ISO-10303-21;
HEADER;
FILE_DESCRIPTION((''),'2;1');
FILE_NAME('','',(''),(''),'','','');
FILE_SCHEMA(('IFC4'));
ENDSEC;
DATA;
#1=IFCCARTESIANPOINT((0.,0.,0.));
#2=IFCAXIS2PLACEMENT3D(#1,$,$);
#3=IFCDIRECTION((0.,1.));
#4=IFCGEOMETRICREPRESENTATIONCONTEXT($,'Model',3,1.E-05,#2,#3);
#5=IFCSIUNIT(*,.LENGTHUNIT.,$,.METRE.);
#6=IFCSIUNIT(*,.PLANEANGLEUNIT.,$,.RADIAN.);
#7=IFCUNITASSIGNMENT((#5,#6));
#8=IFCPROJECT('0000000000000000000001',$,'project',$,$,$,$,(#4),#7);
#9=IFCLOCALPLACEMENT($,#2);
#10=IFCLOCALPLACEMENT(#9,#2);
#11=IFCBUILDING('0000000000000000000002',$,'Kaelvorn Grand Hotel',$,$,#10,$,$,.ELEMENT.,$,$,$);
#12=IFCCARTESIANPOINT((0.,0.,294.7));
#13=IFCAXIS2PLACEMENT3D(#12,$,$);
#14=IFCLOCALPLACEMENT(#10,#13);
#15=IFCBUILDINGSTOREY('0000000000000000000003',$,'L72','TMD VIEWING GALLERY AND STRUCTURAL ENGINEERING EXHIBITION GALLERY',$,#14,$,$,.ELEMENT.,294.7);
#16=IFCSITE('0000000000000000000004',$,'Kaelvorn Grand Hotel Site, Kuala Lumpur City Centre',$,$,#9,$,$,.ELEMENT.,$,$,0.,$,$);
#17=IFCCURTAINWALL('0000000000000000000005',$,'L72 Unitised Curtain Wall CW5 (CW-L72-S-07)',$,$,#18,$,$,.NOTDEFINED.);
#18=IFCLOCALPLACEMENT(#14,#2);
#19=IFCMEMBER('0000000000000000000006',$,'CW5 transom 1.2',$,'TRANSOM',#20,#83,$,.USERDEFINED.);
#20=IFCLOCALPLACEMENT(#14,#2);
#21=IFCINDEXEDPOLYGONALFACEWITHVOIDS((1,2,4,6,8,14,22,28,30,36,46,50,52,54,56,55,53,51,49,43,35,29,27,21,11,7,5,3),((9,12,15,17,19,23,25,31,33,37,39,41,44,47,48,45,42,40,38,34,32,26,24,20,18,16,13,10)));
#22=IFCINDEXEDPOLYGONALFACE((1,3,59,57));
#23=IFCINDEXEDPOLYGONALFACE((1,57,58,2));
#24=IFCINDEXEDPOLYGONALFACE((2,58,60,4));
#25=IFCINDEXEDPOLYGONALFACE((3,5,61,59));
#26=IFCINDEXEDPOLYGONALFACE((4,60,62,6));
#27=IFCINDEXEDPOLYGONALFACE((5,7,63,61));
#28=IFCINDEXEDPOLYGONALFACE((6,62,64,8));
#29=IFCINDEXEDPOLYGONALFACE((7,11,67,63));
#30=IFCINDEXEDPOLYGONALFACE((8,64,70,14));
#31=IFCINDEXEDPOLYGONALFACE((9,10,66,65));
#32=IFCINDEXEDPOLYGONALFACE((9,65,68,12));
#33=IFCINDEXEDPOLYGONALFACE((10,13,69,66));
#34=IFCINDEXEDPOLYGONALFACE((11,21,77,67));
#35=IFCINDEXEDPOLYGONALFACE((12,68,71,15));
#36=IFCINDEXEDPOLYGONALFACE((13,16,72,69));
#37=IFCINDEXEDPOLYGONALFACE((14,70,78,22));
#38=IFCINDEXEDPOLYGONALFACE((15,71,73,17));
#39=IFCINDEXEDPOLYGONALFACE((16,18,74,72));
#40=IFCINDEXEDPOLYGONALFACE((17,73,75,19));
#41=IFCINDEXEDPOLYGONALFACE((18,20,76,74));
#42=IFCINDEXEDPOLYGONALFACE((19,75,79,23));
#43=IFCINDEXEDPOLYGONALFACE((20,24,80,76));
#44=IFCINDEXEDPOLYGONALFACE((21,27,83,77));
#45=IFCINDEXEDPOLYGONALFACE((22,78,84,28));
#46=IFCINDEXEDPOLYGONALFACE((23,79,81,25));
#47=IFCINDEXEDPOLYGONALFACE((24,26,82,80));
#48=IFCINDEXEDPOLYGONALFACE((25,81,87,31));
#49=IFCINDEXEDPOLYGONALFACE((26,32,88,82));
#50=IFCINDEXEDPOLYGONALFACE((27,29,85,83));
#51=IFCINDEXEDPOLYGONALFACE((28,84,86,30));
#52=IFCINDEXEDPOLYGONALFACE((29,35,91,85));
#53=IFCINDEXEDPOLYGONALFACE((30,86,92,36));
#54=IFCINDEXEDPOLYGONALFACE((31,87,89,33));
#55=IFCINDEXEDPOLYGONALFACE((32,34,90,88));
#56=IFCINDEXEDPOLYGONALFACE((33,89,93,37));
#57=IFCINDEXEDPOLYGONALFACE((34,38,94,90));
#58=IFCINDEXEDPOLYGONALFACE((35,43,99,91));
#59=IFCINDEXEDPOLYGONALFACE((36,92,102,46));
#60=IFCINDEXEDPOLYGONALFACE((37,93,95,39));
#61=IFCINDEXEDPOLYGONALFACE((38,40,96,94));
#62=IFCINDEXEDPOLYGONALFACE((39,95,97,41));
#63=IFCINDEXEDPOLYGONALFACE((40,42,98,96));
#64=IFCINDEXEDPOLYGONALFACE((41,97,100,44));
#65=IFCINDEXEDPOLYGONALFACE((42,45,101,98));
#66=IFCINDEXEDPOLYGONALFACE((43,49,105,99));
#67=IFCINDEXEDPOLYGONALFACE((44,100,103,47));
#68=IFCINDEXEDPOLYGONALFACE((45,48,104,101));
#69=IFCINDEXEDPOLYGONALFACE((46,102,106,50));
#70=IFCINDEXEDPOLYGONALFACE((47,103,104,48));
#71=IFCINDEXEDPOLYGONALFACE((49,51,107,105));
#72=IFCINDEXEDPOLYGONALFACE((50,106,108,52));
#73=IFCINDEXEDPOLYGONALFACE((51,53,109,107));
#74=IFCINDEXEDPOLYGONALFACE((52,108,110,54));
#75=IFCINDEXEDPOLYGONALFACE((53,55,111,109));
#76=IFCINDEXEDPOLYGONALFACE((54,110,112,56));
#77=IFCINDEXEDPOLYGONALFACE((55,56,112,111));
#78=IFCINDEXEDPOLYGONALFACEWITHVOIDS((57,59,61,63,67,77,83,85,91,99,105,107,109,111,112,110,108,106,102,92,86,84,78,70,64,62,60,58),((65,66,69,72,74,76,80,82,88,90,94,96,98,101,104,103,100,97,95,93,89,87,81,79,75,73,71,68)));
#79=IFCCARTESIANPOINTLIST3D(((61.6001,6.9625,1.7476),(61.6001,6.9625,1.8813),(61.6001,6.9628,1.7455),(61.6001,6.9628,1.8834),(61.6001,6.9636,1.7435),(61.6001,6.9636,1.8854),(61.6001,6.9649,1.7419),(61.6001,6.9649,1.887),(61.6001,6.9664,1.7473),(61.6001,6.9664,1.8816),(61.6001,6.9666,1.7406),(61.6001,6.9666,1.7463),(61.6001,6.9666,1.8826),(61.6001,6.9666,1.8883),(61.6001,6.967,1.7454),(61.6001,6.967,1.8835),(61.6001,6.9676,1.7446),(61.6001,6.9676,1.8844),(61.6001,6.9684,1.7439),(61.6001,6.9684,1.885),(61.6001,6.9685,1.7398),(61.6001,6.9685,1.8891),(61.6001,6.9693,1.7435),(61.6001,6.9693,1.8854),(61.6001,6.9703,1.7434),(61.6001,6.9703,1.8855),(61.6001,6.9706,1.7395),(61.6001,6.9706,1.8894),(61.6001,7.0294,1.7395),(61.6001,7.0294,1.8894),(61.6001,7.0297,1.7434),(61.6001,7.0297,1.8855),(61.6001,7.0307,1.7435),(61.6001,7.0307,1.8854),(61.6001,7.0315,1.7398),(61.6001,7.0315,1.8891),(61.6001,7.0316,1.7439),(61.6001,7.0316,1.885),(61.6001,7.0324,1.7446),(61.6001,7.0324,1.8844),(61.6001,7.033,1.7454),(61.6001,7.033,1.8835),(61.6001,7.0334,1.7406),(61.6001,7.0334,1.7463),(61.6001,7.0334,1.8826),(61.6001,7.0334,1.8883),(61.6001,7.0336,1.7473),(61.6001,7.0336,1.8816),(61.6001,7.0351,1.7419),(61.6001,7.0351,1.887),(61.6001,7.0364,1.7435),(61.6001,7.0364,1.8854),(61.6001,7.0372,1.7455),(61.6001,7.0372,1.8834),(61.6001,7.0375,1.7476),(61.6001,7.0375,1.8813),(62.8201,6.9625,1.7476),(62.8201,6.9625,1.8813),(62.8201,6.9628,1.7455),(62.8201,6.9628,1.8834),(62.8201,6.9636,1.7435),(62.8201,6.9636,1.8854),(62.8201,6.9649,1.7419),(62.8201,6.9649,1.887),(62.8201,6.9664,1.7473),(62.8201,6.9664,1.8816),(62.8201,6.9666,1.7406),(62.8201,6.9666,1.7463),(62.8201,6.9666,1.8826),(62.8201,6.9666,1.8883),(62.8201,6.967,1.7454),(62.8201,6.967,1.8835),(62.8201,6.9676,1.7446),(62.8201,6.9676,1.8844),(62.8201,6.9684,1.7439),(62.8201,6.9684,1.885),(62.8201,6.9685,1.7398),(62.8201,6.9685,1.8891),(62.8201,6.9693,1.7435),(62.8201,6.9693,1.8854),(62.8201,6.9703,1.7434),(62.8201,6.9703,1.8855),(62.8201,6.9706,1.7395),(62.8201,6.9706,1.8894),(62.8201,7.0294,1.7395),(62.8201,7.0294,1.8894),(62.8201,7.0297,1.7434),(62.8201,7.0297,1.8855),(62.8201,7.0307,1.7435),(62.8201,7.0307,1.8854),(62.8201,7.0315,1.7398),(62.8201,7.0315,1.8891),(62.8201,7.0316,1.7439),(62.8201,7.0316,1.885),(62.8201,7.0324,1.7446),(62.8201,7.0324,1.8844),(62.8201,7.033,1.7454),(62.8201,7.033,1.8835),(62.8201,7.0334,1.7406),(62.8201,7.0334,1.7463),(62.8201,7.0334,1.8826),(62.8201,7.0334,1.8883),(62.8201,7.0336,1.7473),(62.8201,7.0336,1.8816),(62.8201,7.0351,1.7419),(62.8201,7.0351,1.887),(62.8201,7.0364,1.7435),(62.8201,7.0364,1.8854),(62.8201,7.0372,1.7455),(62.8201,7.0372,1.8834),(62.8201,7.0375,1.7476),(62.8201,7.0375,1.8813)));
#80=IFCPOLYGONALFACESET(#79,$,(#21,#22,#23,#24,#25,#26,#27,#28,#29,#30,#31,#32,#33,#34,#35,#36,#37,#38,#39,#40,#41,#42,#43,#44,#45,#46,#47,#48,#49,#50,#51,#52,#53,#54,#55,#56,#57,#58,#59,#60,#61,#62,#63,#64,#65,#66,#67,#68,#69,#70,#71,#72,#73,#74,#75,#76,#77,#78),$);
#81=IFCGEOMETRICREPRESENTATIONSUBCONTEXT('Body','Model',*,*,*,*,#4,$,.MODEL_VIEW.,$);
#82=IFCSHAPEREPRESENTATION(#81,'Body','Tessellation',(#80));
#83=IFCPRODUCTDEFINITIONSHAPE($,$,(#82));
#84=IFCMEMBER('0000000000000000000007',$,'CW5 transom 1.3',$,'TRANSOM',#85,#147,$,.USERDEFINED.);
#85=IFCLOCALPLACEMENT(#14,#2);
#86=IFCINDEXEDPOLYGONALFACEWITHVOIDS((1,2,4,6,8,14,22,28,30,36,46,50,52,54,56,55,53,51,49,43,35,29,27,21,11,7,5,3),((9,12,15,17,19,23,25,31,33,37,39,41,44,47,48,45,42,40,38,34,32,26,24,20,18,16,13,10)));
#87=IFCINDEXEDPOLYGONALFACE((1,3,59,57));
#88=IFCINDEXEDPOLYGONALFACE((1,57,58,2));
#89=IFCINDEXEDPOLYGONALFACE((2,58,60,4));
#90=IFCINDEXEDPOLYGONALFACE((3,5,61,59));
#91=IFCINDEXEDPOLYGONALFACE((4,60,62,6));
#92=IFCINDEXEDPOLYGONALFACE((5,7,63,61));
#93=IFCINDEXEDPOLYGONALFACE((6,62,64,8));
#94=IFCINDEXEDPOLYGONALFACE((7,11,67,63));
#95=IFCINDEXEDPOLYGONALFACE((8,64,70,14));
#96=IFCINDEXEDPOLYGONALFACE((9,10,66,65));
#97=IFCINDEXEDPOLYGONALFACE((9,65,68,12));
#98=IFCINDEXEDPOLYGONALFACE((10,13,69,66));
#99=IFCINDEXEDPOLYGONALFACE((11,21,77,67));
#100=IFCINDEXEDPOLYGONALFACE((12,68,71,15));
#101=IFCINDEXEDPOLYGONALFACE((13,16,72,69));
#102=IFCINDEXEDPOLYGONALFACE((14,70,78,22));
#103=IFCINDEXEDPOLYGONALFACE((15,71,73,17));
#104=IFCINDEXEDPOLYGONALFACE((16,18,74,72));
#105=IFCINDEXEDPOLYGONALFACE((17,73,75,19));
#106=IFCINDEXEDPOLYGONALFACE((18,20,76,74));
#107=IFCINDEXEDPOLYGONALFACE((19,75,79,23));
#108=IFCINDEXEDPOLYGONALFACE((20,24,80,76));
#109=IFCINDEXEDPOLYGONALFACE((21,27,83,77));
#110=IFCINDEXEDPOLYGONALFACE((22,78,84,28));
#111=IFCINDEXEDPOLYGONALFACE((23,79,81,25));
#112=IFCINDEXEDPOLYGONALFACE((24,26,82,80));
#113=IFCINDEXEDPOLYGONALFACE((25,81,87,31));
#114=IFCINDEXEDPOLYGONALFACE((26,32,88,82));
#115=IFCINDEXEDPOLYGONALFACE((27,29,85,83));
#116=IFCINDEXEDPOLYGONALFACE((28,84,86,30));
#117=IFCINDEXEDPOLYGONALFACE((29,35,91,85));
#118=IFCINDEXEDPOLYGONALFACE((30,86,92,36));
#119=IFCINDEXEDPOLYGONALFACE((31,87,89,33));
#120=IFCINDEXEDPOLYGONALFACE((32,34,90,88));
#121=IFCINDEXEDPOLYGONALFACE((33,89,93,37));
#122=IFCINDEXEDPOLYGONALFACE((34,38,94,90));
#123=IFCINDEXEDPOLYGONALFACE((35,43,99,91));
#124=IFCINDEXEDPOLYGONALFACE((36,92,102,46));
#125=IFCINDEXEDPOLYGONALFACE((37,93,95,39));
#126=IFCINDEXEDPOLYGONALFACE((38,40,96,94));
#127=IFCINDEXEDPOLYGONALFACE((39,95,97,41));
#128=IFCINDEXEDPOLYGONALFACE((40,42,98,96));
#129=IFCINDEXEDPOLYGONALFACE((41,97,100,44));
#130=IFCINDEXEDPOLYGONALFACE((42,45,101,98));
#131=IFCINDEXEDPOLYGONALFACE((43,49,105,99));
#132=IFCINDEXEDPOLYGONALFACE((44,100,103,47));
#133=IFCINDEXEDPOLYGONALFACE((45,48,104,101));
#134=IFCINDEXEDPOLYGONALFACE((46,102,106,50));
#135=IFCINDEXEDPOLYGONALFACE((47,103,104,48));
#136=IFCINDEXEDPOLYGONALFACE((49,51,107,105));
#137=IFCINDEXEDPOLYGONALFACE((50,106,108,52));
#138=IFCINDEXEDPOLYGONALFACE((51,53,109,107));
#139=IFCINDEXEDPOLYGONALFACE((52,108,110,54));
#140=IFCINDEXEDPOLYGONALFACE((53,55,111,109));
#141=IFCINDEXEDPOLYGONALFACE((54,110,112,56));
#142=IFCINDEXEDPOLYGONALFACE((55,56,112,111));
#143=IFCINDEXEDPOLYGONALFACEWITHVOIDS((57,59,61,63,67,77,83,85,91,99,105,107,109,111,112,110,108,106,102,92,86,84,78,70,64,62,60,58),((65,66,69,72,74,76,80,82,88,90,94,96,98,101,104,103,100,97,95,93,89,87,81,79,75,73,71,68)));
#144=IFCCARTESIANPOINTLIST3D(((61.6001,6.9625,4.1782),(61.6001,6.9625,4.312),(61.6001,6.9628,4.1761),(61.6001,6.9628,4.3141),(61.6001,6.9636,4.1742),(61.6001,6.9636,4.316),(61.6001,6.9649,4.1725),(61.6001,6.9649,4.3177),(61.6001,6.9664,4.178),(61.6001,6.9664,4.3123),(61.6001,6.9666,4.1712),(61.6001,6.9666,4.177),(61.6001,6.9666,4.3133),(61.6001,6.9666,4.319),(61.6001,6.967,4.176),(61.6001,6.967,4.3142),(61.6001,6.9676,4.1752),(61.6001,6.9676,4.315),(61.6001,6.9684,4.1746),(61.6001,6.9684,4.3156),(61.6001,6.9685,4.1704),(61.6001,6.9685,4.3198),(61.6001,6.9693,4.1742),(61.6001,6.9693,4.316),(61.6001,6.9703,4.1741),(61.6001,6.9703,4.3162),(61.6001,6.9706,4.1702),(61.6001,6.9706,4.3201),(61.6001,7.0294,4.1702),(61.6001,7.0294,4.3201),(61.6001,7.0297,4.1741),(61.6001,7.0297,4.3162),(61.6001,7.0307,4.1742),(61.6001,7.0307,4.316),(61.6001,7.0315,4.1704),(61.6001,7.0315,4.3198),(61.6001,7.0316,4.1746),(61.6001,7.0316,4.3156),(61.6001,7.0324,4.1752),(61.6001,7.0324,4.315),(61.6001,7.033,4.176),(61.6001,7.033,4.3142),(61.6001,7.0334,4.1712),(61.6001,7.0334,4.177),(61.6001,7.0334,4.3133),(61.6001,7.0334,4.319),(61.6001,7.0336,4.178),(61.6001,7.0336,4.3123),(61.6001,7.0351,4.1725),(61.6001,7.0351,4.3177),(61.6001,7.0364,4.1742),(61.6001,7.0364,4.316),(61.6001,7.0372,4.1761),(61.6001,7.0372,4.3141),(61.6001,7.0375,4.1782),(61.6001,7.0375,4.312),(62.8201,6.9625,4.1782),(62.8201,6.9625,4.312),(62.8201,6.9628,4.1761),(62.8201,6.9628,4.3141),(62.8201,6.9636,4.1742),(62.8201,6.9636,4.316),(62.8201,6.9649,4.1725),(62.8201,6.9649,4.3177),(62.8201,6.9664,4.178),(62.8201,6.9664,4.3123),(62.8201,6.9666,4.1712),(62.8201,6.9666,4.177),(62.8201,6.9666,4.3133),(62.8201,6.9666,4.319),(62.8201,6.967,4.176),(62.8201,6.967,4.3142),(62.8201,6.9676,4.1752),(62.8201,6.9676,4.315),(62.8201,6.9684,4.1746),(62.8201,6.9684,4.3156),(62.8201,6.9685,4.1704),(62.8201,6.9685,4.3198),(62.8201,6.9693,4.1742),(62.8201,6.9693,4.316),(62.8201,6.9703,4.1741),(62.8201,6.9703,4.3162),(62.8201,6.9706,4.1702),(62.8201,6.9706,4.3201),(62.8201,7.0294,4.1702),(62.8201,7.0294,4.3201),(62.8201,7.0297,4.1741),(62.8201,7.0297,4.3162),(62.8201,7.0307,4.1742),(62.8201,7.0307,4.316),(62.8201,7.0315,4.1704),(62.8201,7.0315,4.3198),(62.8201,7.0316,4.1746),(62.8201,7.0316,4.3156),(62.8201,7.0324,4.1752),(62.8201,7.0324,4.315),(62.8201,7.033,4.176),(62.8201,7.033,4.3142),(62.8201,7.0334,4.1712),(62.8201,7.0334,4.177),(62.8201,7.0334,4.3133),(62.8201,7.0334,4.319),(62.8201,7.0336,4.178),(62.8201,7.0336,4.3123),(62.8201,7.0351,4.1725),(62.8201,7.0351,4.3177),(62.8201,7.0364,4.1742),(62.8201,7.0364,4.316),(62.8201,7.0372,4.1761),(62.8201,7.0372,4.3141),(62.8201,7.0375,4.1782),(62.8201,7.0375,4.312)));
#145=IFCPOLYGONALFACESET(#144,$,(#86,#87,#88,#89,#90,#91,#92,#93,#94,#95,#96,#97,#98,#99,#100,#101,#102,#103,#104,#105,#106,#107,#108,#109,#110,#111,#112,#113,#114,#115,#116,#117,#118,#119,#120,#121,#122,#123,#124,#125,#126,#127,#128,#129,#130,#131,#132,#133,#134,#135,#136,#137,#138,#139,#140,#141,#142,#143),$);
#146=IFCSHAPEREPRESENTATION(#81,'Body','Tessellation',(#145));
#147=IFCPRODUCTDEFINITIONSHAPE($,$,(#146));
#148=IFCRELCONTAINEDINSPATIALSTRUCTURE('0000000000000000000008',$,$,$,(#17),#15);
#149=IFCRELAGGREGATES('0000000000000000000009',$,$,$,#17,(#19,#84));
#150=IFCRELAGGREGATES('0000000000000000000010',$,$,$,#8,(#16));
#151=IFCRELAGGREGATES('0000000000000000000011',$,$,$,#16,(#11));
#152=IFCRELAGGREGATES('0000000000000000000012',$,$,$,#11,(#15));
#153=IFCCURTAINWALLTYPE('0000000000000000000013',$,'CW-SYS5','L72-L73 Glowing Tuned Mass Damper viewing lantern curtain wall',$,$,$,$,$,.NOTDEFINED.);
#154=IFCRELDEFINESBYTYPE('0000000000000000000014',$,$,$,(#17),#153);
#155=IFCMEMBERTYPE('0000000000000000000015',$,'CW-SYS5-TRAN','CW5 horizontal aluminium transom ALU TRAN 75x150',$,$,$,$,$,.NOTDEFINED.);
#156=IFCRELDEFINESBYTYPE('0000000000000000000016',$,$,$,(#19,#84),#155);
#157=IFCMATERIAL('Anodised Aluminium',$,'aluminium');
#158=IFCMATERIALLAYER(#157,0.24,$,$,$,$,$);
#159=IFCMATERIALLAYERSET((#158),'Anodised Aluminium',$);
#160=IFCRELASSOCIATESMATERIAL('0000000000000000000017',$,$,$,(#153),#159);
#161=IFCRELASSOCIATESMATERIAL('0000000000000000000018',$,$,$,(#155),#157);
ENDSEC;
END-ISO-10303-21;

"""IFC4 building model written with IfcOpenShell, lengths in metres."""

from ifc_helpers import new_model, si_unit, direction, frame, origin, origin_2d, place, context, subcontext, project, spatial, hollow_rectangle, extrude, material, layer, layer_set, material_profile, profile_set, type_object, element, aggregate, save


model = new_model("IFC4")

# Units and contexts
model_context = context("Model", 3, precision=1e-05, world=origin(), true_north=direction((0.0, 1.0)))
body_context = subcontext(model_context, "Body", "Model", "MODEL_VIEW")
ifc_project = project(units=[si_unit("LENGTHUNIT", "METRE"), si_unit("PLANEANGLEUNIT", "RADIAN")], contexts=[model_context])

# Site, building, storey
site_placement = place(None, origin())
site = spatial("IfcSite", under=ifc_project, at=site_placement, Name="Kaelvorn Grand Hotel Site, Kuala Lumpur City Centre", CompositionType="ELEMENT", RefElevation=0.0)
building_placement = place(site_placement, origin())
building = spatial("IfcBuilding", under=site, at=building_placement, Name="Kaelvorn Grand Hotel", CompositionType="ELEMENT")
storey_placement = place(building_placement, frame((0.0, 0.0, 294.7)))
storey = spatial("IfcBuildingStorey", under=building, at=storey_placement, Name="L72", Description="TMD VIEWING GALLERY AND STRUCTURAL ENGINEERING EXHIBITION GALLERY", CompositionType="ELEMENT", Elevation=294.7)

# Curtain wall
ifc_material_1 = material(Name="Anodised Aluminium", Category="aluminium")
ifc_layer_1 = layer(ifc_material_1, 0.24)
ifc_layer_set_1 = layer_set([ifc_layer_1], Name="Anodised Aluminium")
curtain_wall_type = type_object("IfcCurtainWallType", Name="CW-SYS5", Description="L72-L73 Glowing Tuned Mass Damper viewing lantern curtain wall", PredefinedType="NOTDEFINED", material=ifc_layer_set_1)
curtain_wall_1_placement = place(storey_placement, origin())
curtain_wall_1 = element("IfcCurtainWall", 1, at=curtain_wall_1_placement, inside=storey, type_object=curtain_wall_type, Name="L72 Unitised Curtain Wall CW5 (CW-L72-S-07)", PredefinedType="NOTDEFINED")

# Members
ifc_material_profile_1 = material_profile(ifc_material_1, hollow_rectangle(XDim=0.075, YDim=0.1499, WallThickness=0.0039, InnerFilletRadius=0.0039, OuterFilletRadius=0.0081, at=origin_2d()), Name="ALU TRAN 75x150")
ifc_profile_set_1 = profile_set([ifc_material_profile_1], Name="Anodised Aluminium")
member_type_1 = type_object("IfcMemberType", Name="CW-SYS5-TRAN", Description="CW5 horizontal aluminium transom ALU TRAN 75x150", PredefinedType="NOTDEFINED", material=ifc_profile_set_1)
member_1_placement = place(storey_placement, frame((61.6001, 7.0, 1.8145), z_axis=(1.0, 0.0, 0.0), x_axis=(0.0, 1.0, 0.0)))
member_1 = element("IfcMember", 2, at=member_1_placement, type_object=member_type_1, Name="CW5 transom 1.2", ObjectType="TRANSOM", PredefinedType="USERDEFINED", context=body_context, shape_type="SweptSolid", body=[
    extrude(hollow_rectangle(XDim=0.075, YDim=0.1499, WallThickness=0.0039, InnerFilletRadius=0.0039, OuterFilletRadius=0.0081, at=origin_2d()), origin(), (0.0, 0.0, 1.0), 1.22),
])
member_2_placement = place(storey_placement, frame((61.6001, 7.0, 4.2451), z_axis=(1.0, 0.0, 0.0), x_axis=(0.0, 1.0, 0.0)))
member_2 = element("IfcMember", 3, at=member_2_placement, type_object=member_type_1, Name="CW5 transom 1.3", ObjectType="TRANSOM", PredefinedType="USERDEFINED", context=body_context, shape_type="SweptSolid", body=[
    extrude(hollow_rectangle(XDim=0.075, YDim=0.1499, WallThickness=0.0039, InnerFilletRadius=0.0039, OuterFilletRadius=0.0081, at=origin_2d()), origin(), (0.0, 0.0, 1.0), 1.22),
])

aggregate(curtain_wall_1, [member_1, member_2])

save(model, "model.ifc")
